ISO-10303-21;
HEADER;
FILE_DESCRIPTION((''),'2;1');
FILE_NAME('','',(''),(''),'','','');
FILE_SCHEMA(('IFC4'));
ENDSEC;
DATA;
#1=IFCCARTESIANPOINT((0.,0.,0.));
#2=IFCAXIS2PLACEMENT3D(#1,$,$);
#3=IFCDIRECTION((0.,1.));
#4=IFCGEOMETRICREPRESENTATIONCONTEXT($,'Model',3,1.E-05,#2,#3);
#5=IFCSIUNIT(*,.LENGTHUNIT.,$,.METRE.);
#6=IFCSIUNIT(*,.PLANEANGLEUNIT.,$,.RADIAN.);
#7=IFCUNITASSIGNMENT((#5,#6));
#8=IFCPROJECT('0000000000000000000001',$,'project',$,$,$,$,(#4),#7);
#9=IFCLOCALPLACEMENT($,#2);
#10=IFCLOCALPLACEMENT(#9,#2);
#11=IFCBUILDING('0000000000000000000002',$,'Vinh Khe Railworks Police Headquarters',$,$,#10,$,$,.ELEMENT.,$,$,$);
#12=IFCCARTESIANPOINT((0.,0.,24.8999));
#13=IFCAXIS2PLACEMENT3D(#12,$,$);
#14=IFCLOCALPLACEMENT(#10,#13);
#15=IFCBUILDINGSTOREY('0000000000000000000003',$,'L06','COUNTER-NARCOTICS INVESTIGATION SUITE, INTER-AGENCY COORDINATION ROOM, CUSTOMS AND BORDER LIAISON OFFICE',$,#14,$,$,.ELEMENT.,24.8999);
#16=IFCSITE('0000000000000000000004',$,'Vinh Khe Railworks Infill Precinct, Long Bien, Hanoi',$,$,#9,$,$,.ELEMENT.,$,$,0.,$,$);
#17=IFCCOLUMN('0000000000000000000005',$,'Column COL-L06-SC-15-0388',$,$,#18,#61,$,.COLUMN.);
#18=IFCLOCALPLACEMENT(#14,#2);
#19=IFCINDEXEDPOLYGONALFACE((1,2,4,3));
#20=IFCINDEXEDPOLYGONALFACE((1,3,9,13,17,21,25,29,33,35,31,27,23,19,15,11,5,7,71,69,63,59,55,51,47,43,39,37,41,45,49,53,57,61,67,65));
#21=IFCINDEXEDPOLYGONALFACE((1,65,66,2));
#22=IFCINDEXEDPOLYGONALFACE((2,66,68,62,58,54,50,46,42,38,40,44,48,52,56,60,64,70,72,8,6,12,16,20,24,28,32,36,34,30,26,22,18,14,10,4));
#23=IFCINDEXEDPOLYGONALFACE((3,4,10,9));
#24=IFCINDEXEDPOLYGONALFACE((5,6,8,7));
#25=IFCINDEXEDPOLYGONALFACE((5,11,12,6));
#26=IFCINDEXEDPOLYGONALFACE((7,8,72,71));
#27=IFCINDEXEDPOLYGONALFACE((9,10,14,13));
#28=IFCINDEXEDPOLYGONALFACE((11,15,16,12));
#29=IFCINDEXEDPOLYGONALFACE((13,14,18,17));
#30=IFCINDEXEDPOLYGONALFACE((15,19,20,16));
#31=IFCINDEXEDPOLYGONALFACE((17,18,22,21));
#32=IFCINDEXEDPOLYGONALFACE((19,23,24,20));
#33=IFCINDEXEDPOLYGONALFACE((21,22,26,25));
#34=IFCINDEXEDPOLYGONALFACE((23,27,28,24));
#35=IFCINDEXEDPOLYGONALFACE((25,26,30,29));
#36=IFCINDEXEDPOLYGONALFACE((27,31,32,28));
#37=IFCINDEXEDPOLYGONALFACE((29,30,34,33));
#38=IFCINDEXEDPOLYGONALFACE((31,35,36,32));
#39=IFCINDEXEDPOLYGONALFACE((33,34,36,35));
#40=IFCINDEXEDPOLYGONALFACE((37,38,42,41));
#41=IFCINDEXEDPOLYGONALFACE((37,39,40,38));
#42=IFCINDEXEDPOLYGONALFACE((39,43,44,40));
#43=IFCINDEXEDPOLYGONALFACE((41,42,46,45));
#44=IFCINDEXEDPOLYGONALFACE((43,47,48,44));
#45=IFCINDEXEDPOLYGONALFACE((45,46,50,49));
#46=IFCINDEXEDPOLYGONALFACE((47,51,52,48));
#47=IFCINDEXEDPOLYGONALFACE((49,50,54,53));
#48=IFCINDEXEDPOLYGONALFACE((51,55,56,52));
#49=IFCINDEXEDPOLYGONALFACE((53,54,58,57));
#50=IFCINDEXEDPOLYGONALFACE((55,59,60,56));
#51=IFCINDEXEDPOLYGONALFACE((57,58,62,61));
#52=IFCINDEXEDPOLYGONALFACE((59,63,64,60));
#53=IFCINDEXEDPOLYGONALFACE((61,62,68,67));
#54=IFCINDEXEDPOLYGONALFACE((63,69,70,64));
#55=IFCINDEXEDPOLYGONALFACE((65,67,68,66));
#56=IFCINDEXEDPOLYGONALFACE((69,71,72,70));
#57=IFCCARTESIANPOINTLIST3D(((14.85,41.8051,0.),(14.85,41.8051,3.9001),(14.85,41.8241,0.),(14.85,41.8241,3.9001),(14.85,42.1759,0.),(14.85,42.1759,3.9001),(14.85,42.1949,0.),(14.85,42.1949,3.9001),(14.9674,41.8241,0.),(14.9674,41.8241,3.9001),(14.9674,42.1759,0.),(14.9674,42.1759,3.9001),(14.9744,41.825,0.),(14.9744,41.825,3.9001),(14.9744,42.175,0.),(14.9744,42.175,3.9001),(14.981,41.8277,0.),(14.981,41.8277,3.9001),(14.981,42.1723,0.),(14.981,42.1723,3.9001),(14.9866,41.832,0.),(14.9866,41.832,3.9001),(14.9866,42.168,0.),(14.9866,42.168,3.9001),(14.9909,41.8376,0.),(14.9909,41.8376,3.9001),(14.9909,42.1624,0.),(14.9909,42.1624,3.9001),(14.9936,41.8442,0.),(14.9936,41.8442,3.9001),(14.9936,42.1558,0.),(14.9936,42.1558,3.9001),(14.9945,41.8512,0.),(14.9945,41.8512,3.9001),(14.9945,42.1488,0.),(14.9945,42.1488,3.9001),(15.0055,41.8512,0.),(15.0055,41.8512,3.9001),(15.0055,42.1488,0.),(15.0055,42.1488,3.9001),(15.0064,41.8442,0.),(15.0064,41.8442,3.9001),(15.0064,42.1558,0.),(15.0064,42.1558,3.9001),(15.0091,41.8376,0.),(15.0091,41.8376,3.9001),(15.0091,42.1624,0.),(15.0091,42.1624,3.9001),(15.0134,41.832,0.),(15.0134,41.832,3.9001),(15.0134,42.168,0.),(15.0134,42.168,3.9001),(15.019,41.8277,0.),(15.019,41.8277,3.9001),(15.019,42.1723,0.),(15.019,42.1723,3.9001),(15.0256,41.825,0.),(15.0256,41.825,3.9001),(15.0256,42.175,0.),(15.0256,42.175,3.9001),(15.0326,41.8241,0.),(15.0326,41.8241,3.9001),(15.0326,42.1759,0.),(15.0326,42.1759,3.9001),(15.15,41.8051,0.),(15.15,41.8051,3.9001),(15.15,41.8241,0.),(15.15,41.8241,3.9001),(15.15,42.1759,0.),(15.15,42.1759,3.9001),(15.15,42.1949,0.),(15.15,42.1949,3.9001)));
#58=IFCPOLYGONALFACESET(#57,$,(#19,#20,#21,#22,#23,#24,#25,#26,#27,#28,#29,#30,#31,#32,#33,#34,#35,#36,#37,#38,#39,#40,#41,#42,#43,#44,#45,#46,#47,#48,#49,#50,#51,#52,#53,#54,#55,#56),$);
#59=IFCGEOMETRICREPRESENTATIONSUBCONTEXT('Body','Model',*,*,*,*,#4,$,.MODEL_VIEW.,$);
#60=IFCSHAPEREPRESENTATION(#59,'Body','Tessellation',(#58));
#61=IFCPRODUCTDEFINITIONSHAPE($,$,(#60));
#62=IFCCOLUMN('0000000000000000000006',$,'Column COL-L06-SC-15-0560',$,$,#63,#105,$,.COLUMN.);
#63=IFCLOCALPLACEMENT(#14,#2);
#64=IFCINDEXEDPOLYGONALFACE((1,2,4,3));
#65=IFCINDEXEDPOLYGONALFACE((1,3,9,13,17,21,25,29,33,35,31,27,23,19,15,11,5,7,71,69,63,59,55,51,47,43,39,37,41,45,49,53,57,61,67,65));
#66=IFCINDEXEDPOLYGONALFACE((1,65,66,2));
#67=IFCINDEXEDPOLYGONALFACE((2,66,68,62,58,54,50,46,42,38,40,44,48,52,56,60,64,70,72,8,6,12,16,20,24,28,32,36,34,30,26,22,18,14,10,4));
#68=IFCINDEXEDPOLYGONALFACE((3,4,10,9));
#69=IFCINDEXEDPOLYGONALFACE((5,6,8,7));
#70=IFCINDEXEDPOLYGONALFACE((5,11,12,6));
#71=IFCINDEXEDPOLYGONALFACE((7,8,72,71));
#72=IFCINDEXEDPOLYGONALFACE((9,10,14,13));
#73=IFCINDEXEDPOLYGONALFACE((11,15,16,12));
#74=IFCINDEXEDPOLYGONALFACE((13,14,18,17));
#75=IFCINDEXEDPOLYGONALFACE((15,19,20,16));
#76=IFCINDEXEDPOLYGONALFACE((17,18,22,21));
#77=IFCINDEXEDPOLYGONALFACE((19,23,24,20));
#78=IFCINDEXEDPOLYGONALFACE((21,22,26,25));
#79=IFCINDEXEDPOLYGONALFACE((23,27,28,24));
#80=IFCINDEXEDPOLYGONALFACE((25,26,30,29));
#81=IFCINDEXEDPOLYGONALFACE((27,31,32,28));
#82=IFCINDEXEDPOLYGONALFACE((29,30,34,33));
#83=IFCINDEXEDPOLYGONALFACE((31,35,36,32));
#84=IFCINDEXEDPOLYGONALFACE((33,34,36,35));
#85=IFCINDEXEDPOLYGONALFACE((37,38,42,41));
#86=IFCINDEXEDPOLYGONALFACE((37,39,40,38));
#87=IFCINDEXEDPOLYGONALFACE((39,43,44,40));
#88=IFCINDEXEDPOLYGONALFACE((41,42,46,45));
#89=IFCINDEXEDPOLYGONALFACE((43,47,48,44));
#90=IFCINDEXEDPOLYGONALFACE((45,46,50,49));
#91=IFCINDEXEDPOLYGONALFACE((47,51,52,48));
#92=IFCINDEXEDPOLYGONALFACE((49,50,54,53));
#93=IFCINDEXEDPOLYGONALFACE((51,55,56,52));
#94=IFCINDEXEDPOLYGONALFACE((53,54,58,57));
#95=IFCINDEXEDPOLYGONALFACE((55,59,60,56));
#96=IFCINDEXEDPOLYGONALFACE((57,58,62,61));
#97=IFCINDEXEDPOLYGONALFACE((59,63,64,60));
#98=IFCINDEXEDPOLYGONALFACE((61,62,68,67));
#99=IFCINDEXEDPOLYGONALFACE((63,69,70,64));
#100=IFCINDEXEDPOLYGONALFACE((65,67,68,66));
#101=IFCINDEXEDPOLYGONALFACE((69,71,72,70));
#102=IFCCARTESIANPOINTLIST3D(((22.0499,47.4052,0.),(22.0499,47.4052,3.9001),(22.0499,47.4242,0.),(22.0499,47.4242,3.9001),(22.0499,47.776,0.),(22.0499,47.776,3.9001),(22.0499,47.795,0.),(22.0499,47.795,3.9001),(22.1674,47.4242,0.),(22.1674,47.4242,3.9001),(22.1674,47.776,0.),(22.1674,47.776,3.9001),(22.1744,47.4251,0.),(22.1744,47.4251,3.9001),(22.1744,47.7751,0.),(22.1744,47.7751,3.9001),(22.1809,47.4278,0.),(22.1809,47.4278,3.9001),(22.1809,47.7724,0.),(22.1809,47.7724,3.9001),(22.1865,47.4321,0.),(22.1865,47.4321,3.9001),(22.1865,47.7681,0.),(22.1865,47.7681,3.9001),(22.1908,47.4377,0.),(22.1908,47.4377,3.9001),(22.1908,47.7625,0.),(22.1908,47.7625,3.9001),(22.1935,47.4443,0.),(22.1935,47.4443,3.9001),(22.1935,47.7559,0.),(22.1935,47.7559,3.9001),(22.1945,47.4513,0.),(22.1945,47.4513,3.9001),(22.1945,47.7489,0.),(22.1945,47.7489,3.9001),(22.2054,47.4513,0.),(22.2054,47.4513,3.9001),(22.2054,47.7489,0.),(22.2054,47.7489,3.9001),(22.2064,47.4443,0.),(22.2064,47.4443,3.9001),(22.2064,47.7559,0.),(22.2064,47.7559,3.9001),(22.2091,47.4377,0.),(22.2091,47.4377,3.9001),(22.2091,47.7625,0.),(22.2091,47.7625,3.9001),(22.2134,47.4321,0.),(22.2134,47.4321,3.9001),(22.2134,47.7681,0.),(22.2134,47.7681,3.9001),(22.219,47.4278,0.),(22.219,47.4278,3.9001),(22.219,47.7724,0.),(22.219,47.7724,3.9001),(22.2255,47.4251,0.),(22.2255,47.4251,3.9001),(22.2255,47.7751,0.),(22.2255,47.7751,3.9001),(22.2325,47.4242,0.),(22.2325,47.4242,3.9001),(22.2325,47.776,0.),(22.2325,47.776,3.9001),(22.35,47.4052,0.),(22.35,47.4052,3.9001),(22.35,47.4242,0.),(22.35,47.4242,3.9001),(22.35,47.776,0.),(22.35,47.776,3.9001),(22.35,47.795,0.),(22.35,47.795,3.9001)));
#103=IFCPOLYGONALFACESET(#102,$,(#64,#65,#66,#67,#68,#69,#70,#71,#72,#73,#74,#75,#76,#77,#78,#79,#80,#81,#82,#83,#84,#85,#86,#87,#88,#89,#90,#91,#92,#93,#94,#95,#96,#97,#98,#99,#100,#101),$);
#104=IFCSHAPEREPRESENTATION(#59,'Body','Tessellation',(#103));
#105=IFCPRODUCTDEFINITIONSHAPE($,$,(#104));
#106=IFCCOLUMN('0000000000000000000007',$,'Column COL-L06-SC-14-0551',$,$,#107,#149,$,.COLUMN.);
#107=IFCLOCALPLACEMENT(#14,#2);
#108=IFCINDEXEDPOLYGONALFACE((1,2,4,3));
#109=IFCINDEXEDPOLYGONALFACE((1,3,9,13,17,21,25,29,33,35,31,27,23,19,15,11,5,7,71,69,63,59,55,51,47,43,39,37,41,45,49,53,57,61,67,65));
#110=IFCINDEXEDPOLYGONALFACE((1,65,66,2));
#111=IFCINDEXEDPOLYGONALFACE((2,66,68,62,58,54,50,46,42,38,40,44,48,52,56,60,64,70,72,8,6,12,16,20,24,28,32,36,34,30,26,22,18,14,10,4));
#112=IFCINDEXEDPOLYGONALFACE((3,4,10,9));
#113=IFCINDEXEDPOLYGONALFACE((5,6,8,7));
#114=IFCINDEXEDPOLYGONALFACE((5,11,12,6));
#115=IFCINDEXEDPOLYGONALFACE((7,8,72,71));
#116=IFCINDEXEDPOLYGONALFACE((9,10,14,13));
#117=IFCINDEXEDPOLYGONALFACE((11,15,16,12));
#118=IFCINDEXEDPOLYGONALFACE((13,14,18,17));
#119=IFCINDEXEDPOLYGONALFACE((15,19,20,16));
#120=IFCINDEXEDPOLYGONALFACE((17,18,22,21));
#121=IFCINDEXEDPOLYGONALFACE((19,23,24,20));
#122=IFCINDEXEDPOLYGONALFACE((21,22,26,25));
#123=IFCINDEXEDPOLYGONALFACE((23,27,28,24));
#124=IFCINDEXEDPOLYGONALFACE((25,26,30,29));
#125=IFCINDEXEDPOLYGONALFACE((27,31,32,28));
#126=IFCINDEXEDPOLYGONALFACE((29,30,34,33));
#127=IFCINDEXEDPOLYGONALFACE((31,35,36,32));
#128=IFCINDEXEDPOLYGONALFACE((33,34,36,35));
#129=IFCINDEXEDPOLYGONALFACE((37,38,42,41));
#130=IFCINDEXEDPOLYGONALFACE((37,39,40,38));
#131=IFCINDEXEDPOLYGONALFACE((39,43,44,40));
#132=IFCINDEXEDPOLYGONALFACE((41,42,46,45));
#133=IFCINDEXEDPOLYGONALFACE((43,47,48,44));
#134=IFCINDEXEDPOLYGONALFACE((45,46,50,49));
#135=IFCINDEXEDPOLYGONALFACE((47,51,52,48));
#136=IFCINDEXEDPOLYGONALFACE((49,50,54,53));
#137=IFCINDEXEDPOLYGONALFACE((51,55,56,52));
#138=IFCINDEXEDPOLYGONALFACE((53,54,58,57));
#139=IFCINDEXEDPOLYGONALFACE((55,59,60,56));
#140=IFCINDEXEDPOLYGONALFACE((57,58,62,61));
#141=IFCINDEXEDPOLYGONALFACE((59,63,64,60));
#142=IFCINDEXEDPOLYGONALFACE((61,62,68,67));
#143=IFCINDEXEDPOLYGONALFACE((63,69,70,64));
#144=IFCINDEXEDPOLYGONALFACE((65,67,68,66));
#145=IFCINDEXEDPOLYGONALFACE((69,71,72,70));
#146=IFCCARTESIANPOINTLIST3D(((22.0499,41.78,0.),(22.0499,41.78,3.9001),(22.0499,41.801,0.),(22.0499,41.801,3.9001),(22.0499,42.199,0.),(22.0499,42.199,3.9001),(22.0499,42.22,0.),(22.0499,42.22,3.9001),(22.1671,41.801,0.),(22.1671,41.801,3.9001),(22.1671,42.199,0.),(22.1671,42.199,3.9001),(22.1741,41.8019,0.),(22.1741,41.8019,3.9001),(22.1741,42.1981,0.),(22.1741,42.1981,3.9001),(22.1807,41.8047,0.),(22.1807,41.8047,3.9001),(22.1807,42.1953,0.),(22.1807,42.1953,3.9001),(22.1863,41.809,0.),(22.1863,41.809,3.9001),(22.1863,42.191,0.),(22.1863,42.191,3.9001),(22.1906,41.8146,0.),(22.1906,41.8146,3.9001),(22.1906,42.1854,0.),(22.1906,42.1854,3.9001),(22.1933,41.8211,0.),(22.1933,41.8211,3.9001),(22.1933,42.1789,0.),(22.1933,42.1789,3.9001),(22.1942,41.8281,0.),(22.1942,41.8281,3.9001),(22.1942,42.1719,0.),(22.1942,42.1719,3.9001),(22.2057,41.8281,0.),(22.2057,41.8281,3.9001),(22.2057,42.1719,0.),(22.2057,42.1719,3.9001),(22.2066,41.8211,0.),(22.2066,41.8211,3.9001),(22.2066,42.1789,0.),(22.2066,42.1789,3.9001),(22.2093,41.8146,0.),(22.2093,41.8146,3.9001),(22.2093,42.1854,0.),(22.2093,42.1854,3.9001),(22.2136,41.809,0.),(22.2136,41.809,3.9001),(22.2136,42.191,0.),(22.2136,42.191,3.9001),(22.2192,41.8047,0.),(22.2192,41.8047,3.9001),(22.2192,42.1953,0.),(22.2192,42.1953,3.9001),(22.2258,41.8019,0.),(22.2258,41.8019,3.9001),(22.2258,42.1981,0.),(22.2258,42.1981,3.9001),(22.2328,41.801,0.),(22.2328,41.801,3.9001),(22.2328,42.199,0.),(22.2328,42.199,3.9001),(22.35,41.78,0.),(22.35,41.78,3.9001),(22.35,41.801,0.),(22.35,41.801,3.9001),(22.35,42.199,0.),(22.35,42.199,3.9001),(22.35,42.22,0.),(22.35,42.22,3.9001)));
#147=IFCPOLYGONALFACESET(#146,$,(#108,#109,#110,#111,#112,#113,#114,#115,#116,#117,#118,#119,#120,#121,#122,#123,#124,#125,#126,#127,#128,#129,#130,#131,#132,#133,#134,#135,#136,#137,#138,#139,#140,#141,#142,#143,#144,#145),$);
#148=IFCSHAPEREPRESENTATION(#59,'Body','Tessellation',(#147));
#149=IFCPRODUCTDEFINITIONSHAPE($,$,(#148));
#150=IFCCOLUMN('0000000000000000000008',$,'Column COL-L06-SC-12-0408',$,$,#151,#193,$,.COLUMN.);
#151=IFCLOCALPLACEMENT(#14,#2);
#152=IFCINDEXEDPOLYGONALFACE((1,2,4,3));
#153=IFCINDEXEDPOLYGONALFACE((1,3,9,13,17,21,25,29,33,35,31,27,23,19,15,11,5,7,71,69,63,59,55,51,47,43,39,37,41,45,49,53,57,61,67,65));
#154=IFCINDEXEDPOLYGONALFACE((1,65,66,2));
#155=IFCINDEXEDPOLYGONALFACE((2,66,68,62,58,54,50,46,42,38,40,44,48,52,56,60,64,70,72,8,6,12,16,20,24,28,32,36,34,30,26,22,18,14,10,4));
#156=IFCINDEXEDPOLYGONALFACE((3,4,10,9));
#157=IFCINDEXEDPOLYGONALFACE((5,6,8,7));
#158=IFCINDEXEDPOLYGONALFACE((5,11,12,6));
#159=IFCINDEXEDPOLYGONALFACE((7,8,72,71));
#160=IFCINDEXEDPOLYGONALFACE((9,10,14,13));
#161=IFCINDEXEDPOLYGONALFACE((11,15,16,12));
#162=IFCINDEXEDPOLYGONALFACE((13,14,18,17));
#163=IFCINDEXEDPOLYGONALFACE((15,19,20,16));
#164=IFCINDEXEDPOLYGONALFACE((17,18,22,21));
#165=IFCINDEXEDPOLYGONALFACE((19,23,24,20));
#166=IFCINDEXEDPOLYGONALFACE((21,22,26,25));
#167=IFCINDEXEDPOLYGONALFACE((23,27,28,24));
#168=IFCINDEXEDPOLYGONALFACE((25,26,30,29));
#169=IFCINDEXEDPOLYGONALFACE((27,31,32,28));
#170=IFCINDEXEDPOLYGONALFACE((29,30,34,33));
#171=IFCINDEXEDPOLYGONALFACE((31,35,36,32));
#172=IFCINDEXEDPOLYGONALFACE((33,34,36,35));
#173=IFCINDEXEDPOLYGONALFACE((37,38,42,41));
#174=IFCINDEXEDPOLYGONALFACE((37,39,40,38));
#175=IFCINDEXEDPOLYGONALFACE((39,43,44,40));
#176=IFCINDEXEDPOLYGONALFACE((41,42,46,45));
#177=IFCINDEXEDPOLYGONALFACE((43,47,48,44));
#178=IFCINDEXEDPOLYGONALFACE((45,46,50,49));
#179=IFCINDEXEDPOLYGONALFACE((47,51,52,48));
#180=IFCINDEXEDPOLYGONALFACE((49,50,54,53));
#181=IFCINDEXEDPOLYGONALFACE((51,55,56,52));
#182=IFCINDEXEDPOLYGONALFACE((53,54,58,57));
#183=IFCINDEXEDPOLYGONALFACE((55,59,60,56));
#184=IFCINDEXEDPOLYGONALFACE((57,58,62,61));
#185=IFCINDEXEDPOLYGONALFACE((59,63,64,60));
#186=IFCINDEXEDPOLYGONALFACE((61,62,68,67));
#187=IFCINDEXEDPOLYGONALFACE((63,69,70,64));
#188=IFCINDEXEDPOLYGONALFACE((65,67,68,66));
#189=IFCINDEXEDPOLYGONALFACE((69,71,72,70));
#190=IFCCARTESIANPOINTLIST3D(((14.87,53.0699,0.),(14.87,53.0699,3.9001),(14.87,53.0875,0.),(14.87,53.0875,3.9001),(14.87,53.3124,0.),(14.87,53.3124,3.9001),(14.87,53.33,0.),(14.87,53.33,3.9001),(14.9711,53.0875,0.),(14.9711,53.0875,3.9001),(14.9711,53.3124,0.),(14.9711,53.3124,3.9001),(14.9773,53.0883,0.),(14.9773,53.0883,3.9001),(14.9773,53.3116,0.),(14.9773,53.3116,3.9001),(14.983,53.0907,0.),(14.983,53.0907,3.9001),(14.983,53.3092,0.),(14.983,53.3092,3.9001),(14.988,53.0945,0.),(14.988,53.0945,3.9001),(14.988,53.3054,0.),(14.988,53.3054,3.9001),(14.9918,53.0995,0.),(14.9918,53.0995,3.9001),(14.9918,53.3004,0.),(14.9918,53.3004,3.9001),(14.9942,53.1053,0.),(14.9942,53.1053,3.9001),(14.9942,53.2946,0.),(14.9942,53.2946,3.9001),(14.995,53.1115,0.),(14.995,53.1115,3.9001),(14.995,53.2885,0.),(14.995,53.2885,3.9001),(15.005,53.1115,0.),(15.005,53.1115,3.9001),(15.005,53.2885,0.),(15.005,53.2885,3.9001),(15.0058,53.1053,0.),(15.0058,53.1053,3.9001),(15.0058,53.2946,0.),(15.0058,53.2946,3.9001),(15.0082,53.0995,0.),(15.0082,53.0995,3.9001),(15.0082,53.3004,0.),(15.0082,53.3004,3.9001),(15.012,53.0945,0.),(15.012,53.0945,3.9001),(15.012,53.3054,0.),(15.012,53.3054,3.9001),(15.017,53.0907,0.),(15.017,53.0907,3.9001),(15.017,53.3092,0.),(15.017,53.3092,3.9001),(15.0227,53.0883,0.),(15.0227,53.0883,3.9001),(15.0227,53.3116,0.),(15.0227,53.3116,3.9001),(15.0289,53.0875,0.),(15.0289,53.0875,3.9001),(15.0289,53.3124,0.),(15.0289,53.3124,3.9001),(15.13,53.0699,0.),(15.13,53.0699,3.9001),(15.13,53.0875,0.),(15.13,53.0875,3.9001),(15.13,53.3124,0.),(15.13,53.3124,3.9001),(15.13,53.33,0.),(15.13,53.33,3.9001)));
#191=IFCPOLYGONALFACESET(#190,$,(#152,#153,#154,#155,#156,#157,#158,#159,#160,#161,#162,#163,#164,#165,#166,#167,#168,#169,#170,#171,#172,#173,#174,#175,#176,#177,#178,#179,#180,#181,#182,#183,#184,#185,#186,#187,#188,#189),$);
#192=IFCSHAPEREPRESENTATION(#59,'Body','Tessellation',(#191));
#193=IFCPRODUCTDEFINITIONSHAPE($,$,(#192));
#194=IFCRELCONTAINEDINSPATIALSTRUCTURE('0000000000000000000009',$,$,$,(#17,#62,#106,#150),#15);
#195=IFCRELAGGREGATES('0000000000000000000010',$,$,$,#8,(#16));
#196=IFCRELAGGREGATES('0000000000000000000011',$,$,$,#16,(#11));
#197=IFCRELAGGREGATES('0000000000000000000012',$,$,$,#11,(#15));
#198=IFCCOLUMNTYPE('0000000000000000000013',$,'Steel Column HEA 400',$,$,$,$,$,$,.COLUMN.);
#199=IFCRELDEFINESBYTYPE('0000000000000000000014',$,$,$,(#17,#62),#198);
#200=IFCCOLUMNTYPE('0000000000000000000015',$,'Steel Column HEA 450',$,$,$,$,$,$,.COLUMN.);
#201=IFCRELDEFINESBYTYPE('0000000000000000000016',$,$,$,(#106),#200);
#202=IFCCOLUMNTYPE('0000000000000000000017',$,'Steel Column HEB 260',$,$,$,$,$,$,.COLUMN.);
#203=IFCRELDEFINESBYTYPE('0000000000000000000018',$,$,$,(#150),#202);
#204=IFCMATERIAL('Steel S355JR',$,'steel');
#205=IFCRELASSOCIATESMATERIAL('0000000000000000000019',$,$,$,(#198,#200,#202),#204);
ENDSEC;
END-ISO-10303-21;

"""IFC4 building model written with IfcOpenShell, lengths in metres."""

from ifc_helpers import new_model, si_unit, direction, frame, origin, origin_2d, place, context, subcontext, project, spatial, i_section, extrude, material, material_profile, profile_set, type_object, element, save


model = new_model("IFC4")

# Units and contexts
model_context = context("Model", 3, precision=1e-05, world=origin(), true_north=direction((0.0, 1.0)))
body_context = subcontext(model_context, "Body", "Model", "MODEL_VIEW")
ifc_project = project(units=[si_unit("LENGTHUNIT", "METRE"), si_unit("PLANEANGLEUNIT", "RADIAN")], contexts=[model_context])

# Site, building, storey
site_placement = place(None, origin())
site = spatial("IfcSite", under=ifc_project, at=site_placement, Name="Vinh Khe Railworks Infill Precinct, Long Bien, Hanoi", CompositionType="ELEMENT", RefElevation=0.0)
building_placement = place(site_placement, origin())
building = spatial("IfcBuilding", under=site, at=building_placement, Name="Vinh Khe Railworks Police Headquarters", CompositionType="ELEMENT")
storey_placement = place(building_placement, frame((0.0, 0.0, 24.8999)))
storey = spatial("IfcBuildingStorey", under=building, at=storey_placement, Name="L06", Description="COUNTER-NARCOTICS INVESTIGATION SUITE, INTER-AGENCY COORDINATION ROOM, CUSTOMS AND BORDER LIAISON OFFICE", CompositionType="ELEMENT", Elevation=24.8999)

# Columns
ifc_material_1 = material(Name="Steel S355JR", Category="steel")
ifc_material_profile_1 = material_profile(ifc_material_1, i_section(OverallWidth=0.3, OverallDepth=0.3899, WebThickness=0.011, FlangeThickness=0.019, FilletRadius=0.0271, at=origin_2d()), Name="HEA 400")
ifc_profile_set_1 = profile_set([ifc_material_profile_1], Name="Steel S355JR")
column_type_1 = type_object("IfcColumnType", Name="Steel Column HEA 400", PredefinedType="COLUMN", material=ifc_profile_set_1)
for number, where, z_axis, x_axis, name in (
    (1, (15.0, 42.0, 0.0), (0.0, 0.0, 1.0), (1.0, 0.0, 0.0), "Column COL-L06-SC-15-0388"),
    (2, (22.2, 47.6001, 0.0), (0.0, 0.0, 1.0), (1.0, 0.0, 0.0), "Column COL-L06-SC-15-0560"),
):
    element("IfcColumn", number, at=place(storey_placement, frame(where, z_axis=z_axis, x_axis=x_axis)), inside=storey, type_object=column_type_1, Name=name, PredefinedType="COLUMN", context=body_context, shape_type="SweptSolid", body=[
        extrude(i_section(OverallWidth=0.3, OverallDepth=0.3899, WebThickness=0.011, FlangeThickness=0.019, FilletRadius=0.0271, at=origin_2d()), origin(), (0.0, 0.0, 1.0), 3.9001),
    ])
ifc_material_profile_2 = material_profile(ifc_material_1, i_section(OverallWidth=0.3, OverallDepth=0.4399, WebThickness=0.0115, FlangeThickness=0.021, FilletRadius=0.0271, at=origin_2d()), Name="HEA 450")
ifc_profile_set_2 = profile_set([ifc_material_profile_2], Name="Steel S355JR")
column_type_2 = type_object("IfcColumnType", Name="Steel Column HEA 450", PredefinedType="COLUMN", material=ifc_profile_set_2)
column_1_placement = place(storey_placement, frame((22.2, 42.0, 0.0), z_axis=(0.0, 0.0, 1.0), x_axis=(1.0, 0.0, 0.0)))
element("IfcColumn", 3, at=column_1_placement, inside=storey, type_object=column_type_2, Name="Column COL-L06-SC-14-0551", PredefinedType="COLUMN", context=body_context, shape_type="SweptSolid", body=[
    extrude(i_section(OverallWidth=0.3, OverallDepth=0.4399, WebThickness=0.0115, FlangeThickness=0.021, FilletRadius=0.0271, at=origin_2d()), origin(), (0.0, 0.0, 1.0), 3.9001),
])
ifc_material_profile_3 = material_profile(ifc_material_1, i_section(OverallWidth=0.26, OverallDepth=0.26, WebThickness=0.01, FlangeThickness=0.0176, FilletRadius=0.0239, at=origin_2d()), Name="HEB 260")
ifc_profile_set_3 = profile_set([ifc_material_profile_3], Name="Steel S355JR")
column_type_3 = type_object("IfcColumnType", Name="Steel Column HEB 260", PredefinedType="COLUMN", material=ifc_profile_set_3)
column_2_placement = place(storey_placement, frame((15.0, 53.2, 0.0), z_axis=(0.0, 0.0, 1.0), x_axis=(1.0, 0.0, 0.0)))
element("IfcColumn", 4, at=column_2_placement, inside=storey, type_object=column_type_3, Name="Column COL-L06-SC-12-0408", PredefinedType="COLUMN", context=body_context, shape_type="SweptSolid", body=[
    extrude(i_section(OverallWidth=0.26, OverallDepth=0.26, WebThickness=0.01, FlangeThickness=0.0176, FilletRadius=0.0239, at=origin_2d()), origin(), (0.0, 0.0, 1.0), 3.9001),
])

save(model, "model.ifc")
